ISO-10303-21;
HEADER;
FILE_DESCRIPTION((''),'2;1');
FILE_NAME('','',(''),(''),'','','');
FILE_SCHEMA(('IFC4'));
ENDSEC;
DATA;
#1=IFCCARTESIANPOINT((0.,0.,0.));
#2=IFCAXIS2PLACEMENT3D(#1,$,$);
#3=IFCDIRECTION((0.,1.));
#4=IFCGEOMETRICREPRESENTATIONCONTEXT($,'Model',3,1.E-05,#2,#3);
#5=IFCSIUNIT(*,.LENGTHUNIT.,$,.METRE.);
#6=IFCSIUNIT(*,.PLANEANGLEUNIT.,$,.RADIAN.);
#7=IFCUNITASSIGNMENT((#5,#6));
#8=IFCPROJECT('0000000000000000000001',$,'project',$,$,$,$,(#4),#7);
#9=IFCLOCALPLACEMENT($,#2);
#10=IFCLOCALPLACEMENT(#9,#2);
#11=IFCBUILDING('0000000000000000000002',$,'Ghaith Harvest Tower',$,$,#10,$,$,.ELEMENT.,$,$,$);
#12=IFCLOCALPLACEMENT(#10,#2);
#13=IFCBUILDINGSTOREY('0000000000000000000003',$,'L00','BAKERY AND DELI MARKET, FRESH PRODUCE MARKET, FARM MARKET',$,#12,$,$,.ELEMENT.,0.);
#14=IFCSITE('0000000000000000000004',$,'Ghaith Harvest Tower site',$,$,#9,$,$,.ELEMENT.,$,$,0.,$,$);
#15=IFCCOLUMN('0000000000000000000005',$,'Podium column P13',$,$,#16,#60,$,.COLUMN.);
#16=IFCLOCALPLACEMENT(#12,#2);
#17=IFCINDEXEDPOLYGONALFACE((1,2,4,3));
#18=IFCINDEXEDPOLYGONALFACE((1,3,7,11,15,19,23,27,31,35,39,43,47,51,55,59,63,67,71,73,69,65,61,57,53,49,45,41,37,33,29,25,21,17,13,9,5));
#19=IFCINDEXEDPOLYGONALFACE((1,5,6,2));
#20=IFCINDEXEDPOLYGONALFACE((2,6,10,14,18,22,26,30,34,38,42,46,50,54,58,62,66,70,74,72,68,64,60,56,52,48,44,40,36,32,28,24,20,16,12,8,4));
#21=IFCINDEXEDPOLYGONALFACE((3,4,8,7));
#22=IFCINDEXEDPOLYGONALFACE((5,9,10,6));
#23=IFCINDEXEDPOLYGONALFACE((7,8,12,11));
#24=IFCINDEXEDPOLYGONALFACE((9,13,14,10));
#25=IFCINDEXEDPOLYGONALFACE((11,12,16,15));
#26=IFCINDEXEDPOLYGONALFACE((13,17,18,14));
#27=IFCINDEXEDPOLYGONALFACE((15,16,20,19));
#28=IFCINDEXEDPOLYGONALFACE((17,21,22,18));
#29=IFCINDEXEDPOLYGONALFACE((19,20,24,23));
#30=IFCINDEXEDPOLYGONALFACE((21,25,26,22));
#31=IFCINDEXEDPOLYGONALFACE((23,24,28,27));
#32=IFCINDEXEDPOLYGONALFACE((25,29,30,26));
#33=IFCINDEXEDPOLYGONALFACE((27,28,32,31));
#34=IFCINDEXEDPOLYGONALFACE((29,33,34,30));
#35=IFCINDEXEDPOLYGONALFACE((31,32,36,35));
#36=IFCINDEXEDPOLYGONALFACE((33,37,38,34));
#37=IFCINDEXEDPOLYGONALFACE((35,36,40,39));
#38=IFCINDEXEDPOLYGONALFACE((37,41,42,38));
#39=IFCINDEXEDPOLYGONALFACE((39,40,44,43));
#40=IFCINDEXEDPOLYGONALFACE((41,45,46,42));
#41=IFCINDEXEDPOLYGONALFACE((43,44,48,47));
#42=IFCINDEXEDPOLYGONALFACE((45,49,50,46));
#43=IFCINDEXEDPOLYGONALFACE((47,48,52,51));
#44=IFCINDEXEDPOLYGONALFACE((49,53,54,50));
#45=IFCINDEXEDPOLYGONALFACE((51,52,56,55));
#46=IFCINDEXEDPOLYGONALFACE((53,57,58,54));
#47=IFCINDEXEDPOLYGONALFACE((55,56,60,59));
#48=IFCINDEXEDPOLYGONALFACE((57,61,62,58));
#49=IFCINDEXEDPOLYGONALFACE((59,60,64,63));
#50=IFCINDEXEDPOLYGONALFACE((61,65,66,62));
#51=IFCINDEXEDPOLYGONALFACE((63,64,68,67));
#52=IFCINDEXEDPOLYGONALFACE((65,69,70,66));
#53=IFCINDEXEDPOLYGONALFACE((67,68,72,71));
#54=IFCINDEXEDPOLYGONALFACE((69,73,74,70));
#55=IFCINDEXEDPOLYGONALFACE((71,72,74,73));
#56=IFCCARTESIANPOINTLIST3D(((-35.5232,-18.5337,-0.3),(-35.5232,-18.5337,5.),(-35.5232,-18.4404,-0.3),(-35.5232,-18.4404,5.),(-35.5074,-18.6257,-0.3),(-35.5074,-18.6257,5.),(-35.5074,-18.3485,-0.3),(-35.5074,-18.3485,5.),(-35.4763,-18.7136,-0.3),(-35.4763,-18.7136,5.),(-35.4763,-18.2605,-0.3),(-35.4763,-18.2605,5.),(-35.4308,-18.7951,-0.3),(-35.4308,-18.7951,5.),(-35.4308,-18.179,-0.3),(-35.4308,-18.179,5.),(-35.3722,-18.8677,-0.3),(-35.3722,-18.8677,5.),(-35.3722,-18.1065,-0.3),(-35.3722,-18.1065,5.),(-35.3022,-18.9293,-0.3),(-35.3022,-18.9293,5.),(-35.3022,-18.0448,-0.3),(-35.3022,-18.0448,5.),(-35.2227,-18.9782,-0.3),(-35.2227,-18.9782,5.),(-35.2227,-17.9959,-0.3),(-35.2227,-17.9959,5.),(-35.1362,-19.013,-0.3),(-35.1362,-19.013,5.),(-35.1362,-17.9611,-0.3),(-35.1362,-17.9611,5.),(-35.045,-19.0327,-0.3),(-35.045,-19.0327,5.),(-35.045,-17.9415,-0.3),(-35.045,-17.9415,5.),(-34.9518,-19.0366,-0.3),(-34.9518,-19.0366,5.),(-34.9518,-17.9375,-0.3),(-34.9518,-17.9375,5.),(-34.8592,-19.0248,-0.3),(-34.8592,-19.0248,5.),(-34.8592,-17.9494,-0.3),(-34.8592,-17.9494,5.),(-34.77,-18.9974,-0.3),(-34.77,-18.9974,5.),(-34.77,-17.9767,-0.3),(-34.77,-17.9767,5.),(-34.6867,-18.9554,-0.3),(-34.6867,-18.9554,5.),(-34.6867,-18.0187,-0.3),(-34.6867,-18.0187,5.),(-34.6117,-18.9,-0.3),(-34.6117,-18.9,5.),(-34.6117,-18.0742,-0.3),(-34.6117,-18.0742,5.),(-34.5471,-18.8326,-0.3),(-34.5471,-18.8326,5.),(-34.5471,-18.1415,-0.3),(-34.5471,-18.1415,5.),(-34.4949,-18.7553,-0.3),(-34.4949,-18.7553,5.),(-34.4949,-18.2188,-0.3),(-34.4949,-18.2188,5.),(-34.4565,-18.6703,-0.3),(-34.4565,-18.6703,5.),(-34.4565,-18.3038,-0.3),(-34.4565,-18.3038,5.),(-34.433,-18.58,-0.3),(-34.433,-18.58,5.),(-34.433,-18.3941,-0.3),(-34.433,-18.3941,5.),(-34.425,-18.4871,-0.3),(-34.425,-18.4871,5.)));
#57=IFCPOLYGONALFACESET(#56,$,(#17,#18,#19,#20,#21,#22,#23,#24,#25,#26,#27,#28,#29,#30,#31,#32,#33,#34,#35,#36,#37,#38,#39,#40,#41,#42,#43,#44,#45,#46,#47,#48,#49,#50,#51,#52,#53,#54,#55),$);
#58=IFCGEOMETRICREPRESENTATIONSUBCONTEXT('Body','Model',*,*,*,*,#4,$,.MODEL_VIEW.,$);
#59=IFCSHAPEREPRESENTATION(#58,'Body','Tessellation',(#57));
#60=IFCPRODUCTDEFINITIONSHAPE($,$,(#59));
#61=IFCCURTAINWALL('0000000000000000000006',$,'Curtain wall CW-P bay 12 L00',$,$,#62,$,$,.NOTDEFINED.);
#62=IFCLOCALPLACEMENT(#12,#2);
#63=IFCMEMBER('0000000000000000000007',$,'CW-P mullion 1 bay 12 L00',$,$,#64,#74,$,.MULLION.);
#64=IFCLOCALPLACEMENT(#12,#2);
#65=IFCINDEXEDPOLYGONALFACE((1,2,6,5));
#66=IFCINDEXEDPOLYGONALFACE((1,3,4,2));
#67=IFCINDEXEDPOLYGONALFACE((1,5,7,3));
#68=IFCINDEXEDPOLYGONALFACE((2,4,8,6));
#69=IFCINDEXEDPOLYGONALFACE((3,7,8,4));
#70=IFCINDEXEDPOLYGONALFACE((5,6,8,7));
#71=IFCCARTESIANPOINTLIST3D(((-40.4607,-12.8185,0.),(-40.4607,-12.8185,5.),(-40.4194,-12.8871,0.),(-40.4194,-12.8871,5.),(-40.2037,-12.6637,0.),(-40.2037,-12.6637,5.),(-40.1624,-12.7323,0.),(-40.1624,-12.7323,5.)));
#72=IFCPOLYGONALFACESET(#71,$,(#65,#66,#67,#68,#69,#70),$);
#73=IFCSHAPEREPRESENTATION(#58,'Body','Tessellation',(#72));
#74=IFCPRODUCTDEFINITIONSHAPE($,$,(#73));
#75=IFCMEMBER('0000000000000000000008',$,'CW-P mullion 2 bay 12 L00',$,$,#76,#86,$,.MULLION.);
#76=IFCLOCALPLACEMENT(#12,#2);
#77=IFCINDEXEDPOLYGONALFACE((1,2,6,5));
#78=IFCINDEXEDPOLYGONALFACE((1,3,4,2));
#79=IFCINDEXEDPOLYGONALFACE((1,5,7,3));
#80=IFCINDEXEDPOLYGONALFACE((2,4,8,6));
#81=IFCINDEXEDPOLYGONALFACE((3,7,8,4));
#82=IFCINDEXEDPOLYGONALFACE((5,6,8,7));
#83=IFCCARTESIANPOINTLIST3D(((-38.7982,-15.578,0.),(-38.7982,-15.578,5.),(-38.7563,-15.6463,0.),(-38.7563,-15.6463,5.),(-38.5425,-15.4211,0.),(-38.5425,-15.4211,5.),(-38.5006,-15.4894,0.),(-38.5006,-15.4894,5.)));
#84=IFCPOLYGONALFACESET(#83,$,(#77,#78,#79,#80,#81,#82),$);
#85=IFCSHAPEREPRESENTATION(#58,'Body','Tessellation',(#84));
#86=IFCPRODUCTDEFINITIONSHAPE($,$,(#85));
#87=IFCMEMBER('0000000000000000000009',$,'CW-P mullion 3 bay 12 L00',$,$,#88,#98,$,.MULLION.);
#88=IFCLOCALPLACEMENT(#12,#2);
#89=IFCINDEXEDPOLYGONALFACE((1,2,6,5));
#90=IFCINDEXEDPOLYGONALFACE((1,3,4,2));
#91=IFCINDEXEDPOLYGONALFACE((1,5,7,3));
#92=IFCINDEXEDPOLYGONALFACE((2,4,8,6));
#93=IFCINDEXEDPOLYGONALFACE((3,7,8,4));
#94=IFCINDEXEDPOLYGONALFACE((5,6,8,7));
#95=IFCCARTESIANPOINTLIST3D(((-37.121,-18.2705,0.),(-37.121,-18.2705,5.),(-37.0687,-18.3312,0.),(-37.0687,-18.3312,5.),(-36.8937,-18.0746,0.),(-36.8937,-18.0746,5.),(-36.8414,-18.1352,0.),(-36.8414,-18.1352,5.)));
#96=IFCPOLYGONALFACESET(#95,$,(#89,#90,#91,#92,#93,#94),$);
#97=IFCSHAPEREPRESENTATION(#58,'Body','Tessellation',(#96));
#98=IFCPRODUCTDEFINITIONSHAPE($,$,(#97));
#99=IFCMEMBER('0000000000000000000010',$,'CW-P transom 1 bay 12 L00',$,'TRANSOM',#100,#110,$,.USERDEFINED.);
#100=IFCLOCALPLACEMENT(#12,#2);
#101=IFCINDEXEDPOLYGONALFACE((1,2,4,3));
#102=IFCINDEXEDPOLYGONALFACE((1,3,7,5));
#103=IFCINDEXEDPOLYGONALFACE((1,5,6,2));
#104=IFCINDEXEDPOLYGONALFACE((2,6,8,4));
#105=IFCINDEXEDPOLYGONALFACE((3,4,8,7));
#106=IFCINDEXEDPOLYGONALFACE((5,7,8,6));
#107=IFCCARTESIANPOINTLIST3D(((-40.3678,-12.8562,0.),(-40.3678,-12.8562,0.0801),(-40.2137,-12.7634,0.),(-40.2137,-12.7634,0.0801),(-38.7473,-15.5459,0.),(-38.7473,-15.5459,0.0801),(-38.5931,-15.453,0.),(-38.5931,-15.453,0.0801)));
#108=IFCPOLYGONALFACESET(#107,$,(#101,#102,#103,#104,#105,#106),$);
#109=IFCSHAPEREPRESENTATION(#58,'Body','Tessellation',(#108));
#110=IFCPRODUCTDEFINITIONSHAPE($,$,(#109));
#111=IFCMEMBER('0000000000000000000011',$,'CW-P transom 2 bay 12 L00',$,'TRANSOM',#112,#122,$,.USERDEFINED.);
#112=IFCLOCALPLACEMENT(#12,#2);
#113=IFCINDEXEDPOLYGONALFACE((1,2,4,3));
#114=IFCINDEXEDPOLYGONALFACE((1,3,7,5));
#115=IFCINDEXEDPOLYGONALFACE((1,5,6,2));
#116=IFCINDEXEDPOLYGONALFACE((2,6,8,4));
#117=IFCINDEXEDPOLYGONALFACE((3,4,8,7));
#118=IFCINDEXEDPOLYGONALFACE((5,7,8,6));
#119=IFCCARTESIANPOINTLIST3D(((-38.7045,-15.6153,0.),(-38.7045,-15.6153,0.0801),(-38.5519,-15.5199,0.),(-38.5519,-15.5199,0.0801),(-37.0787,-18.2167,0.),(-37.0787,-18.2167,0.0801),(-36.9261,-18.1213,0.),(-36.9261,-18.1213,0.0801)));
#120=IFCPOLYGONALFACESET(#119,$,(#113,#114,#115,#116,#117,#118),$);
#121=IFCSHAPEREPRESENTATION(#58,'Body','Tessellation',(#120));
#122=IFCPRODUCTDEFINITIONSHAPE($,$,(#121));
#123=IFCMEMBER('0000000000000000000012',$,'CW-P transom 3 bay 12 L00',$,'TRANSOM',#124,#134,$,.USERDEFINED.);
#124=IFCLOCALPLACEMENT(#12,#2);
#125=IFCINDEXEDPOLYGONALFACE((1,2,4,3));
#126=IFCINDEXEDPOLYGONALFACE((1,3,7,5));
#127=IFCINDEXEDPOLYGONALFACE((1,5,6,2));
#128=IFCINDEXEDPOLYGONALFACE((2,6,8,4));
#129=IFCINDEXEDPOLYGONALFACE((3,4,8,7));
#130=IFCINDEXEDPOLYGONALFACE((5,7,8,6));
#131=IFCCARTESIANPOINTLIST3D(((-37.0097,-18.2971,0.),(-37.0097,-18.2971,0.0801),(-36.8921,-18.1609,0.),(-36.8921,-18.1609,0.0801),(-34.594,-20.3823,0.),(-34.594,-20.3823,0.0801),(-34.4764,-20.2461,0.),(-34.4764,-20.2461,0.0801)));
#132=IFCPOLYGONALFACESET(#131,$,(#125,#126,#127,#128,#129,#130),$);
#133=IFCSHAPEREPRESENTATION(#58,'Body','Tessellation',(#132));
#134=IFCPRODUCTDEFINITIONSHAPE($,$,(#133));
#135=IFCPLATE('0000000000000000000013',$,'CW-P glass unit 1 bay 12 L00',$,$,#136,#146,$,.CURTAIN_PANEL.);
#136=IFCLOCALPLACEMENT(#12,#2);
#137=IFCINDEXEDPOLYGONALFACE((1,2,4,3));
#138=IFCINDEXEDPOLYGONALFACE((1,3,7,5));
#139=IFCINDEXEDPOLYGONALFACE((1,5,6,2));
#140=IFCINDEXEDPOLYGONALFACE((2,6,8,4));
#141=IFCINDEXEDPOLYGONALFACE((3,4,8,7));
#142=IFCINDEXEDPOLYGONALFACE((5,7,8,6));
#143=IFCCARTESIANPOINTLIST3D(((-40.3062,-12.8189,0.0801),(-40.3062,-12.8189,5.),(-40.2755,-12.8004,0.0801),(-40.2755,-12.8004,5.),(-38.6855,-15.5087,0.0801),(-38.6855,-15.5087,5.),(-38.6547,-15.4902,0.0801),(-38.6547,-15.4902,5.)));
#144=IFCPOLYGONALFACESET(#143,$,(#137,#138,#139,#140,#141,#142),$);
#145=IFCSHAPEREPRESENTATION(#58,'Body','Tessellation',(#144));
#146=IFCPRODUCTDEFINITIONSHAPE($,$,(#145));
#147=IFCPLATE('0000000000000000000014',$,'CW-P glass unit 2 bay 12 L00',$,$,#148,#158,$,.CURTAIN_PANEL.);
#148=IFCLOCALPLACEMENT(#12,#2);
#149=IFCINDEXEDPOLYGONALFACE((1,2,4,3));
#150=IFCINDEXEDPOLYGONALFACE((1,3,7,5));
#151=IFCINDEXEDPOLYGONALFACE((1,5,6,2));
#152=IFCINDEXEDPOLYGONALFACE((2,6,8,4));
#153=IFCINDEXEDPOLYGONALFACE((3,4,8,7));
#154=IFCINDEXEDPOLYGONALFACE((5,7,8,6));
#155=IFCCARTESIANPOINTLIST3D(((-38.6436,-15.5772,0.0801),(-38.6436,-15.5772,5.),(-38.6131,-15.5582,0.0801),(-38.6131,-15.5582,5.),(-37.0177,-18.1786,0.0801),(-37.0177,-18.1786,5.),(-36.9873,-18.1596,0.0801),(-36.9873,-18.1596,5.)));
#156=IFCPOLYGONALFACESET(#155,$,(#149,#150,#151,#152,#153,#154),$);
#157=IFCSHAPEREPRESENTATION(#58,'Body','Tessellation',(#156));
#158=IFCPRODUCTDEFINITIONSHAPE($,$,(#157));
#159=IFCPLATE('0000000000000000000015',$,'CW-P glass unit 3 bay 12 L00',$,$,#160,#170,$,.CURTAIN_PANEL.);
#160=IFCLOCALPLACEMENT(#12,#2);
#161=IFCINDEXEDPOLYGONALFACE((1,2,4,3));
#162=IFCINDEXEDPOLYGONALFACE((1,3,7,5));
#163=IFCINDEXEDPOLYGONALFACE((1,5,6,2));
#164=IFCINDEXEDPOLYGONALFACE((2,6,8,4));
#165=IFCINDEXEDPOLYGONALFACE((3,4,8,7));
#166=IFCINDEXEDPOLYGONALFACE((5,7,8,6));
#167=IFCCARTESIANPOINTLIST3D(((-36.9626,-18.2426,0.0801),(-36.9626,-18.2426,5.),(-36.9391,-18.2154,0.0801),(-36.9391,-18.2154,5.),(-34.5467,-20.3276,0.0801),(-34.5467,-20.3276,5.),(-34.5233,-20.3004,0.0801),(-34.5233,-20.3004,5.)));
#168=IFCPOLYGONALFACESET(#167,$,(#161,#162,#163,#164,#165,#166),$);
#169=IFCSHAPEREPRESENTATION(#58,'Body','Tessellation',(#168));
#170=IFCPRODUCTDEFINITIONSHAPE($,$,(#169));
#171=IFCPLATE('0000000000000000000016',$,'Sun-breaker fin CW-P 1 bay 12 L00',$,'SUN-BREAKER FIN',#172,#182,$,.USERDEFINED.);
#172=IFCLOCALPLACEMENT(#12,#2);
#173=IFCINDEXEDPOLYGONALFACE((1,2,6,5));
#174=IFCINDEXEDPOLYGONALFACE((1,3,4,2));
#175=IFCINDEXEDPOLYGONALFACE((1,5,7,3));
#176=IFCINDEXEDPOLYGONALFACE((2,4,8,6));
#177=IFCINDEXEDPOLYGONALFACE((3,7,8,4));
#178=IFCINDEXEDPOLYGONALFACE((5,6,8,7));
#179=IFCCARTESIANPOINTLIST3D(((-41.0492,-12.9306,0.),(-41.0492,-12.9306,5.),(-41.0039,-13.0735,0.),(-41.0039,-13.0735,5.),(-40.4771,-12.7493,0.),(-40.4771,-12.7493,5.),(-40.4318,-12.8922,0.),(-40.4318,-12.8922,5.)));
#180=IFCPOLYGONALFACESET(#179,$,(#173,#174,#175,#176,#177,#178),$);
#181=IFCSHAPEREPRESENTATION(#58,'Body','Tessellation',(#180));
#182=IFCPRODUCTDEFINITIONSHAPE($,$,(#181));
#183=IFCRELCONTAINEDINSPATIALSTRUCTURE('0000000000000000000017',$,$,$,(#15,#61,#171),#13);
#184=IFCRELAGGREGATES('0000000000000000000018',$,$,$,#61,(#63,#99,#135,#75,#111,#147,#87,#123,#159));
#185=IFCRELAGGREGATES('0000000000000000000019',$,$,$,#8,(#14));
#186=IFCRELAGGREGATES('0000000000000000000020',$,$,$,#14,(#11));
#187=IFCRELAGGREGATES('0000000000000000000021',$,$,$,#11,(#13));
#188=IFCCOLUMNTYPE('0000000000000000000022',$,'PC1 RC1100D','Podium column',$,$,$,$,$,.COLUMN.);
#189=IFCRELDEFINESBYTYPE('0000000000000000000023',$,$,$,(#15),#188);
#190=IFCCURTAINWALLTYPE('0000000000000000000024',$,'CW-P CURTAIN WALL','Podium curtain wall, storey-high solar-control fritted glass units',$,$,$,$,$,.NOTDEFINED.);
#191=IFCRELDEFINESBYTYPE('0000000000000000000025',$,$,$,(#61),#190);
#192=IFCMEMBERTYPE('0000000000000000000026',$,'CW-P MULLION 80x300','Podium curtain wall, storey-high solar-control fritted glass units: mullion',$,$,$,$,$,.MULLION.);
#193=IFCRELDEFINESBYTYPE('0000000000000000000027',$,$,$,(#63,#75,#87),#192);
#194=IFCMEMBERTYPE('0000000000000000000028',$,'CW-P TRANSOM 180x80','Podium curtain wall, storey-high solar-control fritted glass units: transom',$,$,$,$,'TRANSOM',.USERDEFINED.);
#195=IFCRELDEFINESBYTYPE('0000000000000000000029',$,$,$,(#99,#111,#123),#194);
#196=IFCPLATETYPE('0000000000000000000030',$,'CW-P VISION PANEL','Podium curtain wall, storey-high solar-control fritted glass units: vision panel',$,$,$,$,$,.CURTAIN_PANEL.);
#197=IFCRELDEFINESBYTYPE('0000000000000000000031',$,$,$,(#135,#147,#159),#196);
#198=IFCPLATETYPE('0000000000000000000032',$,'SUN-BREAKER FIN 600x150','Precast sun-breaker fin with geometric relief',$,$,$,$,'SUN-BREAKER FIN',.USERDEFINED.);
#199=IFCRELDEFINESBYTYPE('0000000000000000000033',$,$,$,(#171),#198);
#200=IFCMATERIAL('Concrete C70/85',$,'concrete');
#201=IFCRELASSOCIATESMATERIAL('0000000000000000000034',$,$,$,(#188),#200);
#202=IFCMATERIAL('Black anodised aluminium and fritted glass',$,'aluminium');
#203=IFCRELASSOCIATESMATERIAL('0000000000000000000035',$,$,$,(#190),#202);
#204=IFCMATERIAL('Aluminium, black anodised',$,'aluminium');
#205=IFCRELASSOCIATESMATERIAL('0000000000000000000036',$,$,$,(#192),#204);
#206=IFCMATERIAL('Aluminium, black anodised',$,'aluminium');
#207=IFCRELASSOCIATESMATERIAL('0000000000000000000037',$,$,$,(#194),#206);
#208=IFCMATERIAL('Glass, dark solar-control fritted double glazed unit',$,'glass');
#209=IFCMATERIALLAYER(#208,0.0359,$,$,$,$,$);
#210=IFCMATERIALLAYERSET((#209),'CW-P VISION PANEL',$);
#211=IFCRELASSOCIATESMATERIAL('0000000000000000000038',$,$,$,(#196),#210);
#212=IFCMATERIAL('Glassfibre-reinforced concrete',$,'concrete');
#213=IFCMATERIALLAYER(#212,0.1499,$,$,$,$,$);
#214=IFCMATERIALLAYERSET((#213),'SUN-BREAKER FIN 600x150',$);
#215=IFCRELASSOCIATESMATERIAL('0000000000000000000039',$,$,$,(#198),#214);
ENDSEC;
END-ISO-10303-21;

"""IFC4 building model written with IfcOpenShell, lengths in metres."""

from ifc_helpers import new_model, si_unit, direction, frame, origin, origin_2d, place, context, subcontext, project, spatial, rectangle, circle, extrude, material, layer, layer_set, material_profile, profile_set, type_object, element, aggregate, save


model = new_model("IFC4")

# Units and contexts
model_context = context("Model", 3, precision=1e-05, world=origin(), true_north=direction((0.0, 1.0)))
body_context = subcontext(model_context, "Body", "Model", "MODEL_VIEW")
ifc_project = project(units=[si_unit("LENGTHUNIT", "METRE"), si_unit("PLANEANGLEUNIT", "RADIAN")], contexts=[model_context])

# Site, building, storey
site_placement = place(None, origin())
site = spatial("IfcSite", under=ifc_project, at=site_placement, Name="Ghaith Harvest Tower site", CompositionType="ELEMENT", RefElevation=0.0)
building_placement = place(site_placement, origin())
building = spatial("IfcBuilding", under=site, at=building_placement, Name="Ghaith Harvest Tower", CompositionType="ELEMENT")
storey_placement = place(building_placement, origin())
storey = spatial("IfcBuildingStorey", under=building, at=storey_placement, Name="L00", Description="BAKERY AND DELI MARKET, FRESH PRODUCE MARKET, FARM MARKET", CompositionType="ELEMENT", Elevation=0.0)

# Column
ifc_material_1 = material(Name="Concrete C70/85", Category="concrete")
ifc_material_profile_1 = material_profile(ifc_material_1, circle(Radius=0.55, at=origin_2d()), Name="RC1100D")
ifc_profile_set_1 = profile_set([ifc_material_profile_1], Name="Concrete C70/85")
column_type = type_object("IfcColumnType", Name="PC1 RC1100D", Description="Podium column", PredefinedType="COLUMN", material=ifc_profile_set_1)
column_placement = place(storey_placement, frame((-34.9751, -18.4871, -0.3), z_axis=(0.0, 0.0, 1.0), x_axis=(1.0, 0.0, 0.0)))
element("IfcColumn", 1, at=column_placement, inside=storey, type_object=column_type, Name="Podium column P13", PredefinedType="COLUMN", context=body_context, shape_type="SweptSolid", body=[
    extrude(circle(Radius=0.55, at=origin_2d()), origin(), (0.0, 0.0, 1.0), 5.3),
])

# Curtain wall, members, plates
ifc_material_2 = material(Name="Black anodised aluminium and fritted glass", Category="aluminium")
curtain_wall_type = type_object("IfcCurtainWallType", Name="CW-P CURTAIN WALL", Description="Podium curtain wall, storey-high solar-control fritted glass units", PredefinedType="NOTDEFINED", material=ifc_material_2)
curtain_wall_placement = place(storey_placement, origin())
curtain_wall = element("IfcCurtainWall", 2, at=curtain_wall_placement, inside=storey, type_object=curtain_wall_type, Name="Curtain wall CW-P bay 12 L00", PredefinedType="NOTDEFINED")
ifc_material_3 = material(Name="Aluminium, black anodised", Category="aluminium")
ifc_material_profile_2 = material_profile(ifc_material_3, rectangle(XDim=0.0801, YDim=0.3, at=origin_2d()), Name="CW-P MULLION 80x300")
ifc_profile_set_2 = profile_set([ifc_material_profile_2], Name="Aluminium, black anodised")
member_type_1 = type_object("IfcMemberType", Name="CW-P MULLION 80x300", Description="Podium curtain wall, storey-high solar-control fritted glass units: mullion", PredefinedType="MULLION", material=ifc_profile_set_2)
member_1_placement = place(storey_placement, frame((-40.3115, -12.7754, 0.0), z_axis=(0.0, 0.0, 1.0), x_axis=(0.516091, -0.856534, 0.0)))
member_1 = element("IfcMember", 3, at=member_1_placement, type_object=member_type_1, Name="CW-P mullion 1 bay 12 L00", PredefinedType="MULLION", context=body_context, shape_type="SweptSolid", body=[
    extrude(rectangle(XDim=0.0801, YDim=0.3, at=origin_2d()), origin(), (0.0, 0.0, 1.0), 5.0),
])
member_2_placement = place(storey_placement, frame((-38.6494, -15.5337, 0.0), z_axis=(0.0, 0.0, 1.0), x_axis=(0.522984, -0.852343, 0.0)))
member_2 = element("IfcMember", 4, at=member_2_placement, type_object=member_type_1, Name="CW-P mullion 2 bay 12 L00", PredefinedType="MULLION", context=body_context, shape_type="SweptSolid", body=[
    extrude(rectangle(XDim=0.0801, YDim=0.3, at=origin_2d()), origin(), (0.0, 0.0, 1.0), 5.0),
])
member_3_placement = place(storey_placement, frame((-36.9812, -18.2029, 0.0), z_axis=(0.0, 0.0, 1.0), x_axis=(0.653047, -0.757317, 0.0)))
member_3 = element("IfcMember", 5, at=member_3_placement, type_object=member_type_1, Name="CW-P mullion 3 bay 12 L00", PredefinedType="MULLION", context=body_context, shape_type="SweptSolid", body=[
    extrude(rectangle(XDim=0.0801, YDim=0.3, at=origin_2d()), origin(), (0.0, 0.0, 1.0), 5.0),
])
ifc_material_4 = material(Name="Aluminium, black anodised", Category="aluminium")
ifc_material_profile_3 = material_profile(ifc_material_4, rectangle(XDim=0.1799, YDim=0.0801, at=origin_2d()), Name="CW-P TRANSOM 180x80")
ifc_profile_set_3 = profile_set([ifc_material_profile_3], Name="Aluminium, black anodised")
member_type_2 = type_object("IfcMemberType", Name="CW-P TRANSOM 180x80", Description="Podium curtain wall, storey-high solar-control fritted glass units: transom", ElementType="TRANSOM", PredefinedType="USERDEFINED", material=ifc_profile_set_3)
member_4_placement = place(storey_placement, frame((-40.2908, -12.8098, 0.04), z_axis=(0.516084, -0.856538, 0.0), x_axis=(0.856538, 0.516084, 0.0)))
member_4 = element("IfcMember", 6, at=member_4_placement, type_object=member_type_2, Name="CW-P transom 1 bay 12 L00", ObjectType="TRANSOM", PredefinedType="USERDEFINED", context=body_context, shape_type="SweptSolid", body=[
    extrude(rectangle(XDim=0.1799, YDim=0.0801, at=origin_2d()), origin(), (0.0, 0.0, 1.0), 3.1401),
])
member_5_placement = place(storey_placement, frame((-38.6282, -15.5676, 0.04), z_axis=(0.529977, -0.848012, 0.0), x_axis=(0.848012, 0.529977, 0.0)))
member_5 = element("IfcMember", 7, at=member_5_placement, type_object=member_type_2, Name="CW-P transom 2 bay 12 L00", ObjectType="TRANSOM", PredefinedType="USERDEFINED", context=body_context, shape_type="SweptSolid", body=[
    extrude(rectangle(XDim=0.1799, YDim=0.0801, at=origin_2d()), origin(), (0.0, 0.0, 1.0), 3.0676),
])
member_6_placement = place(storey_placement, frame((-36.9509, -18.229, 0.04), z_axis=(0.757, -0.653415, 0.0), x_axis=(0.653415, 0.757, 0.0)))
member_6 = element("IfcMember", 8, at=member_6_placement, type_object=member_type_2, Name="CW-P transom 3 bay 12 L00", ObjectType="TRANSOM", PredefinedType="USERDEFINED", context=body_context, shape_type="SweptSolid", body=[
    extrude(rectangle(XDim=0.1799, YDim=0.0801, at=origin_2d()), origin(), (0.0, 0.0, 1.0), 3.1912),
])
ifc_material_5 = material(Name="Glass, dark solar-control fritted double glazed unit", Category="glass")
ifc_layer_1 = layer(ifc_material_5, 0.0359)
ifc_layer_set_1 = layer_set([ifc_layer_1], Name="CW-P VISION PANEL")
plate_type_1 = type_object("IfcPlateType", Name="CW-P VISION PANEL", Description="Podium curtain wall, storey-high solar-control fritted glass units: vision panel", PredefinedType="CURTAIN_PANEL", material=ifc_layer_set_1)
plate_1_placement = place(storey_placement, frame((-39.4805, -14.1545, 0.0801), z_axis=(0.0, 0.0, 1.0), x_axis=(0.516091, -0.856534, 0.0)))
plate_1 = element("IfcPlate", 9, at=plate_1_placement, type_object=plate_type_1, Name="CW-P glass unit 1 bay 12 L00", PredefinedType="CURTAIN_PANEL", context=body_context, shape_type="SweptSolid", body=[
    extrude(rectangle(XDim=3.1404, YDim=0.0359, at=origin_2d()), origin(), (0.0, 0.0, 1.0), 4.9199),
])
plate_2_placement = place(storey_placement, frame((-37.8154, -16.8684, 0.0801), z_axis=(0.0, 0.0, 1.0), x_axis=(0.530001, -0.847997, 0.0)))
plate_2 = element("IfcPlate", 10, at=plate_2_placement, type_object=plate_type_1, Name="CW-P glass unit 2 bay 12 L00", PredefinedType="CURTAIN_PANEL", context=body_context, shape_type="SweptSolid", body=[
    extrude(rectangle(XDim=3.0676, YDim=0.0359, at=origin_2d()), origin(), (0.0, 0.0, 1.0), 4.9199),
])
plate_3_placement = place(storey_placement, frame((-35.7429, -19.2715, 0.0801), z_axis=(0.0, 0.0, 1.0), x_axis=(0.757046, -0.653362, 0.0)))
plate_3 = element("IfcPlate", 11, at=plate_3_placement, type_object=plate_type_1, Name="CW-P glass unit 3 bay 12 L00", PredefinedType="CURTAIN_PANEL", context=body_context, shape_type="SweptSolid", body=[
    extrude(rectangle(XDim=3.1912, YDim=0.0359, at=origin_2d()), origin(), (0.0, 0.0, 1.0), 4.9199),
])
aggregate(curtain_wall, [member_1, member_4, plate_1, member_2, member_5, plate_2, member_3, member_6, plate_3])

# Plate
ifc_material_6 = material(Name="Glassfibre-reinforced concrete", Category="concrete")
ifc_layer_2 = layer(ifc_material_6, 0.1499)
ifc_layer_set_2 = layer_set([ifc_layer_2], Name="SUN-BREAKER FIN 600x150")
plate_type_2 = type_object("IfcPlateType", Name="SUN-BREAKER FIN 600x150", Description="Precast sun-breaker fin with geometric relief", ElementType="SUN-BREAKER FIN", PredefinedType="USERDEFINED", material=ifc_layer_set_2)
for number, where, z_axis, x_axis, name in (
    (12, (-40.7405, -12.9114, 0.0), (0.0, 0.0, 1.0), (-0.953273, -0.30211, 0.0), "Sun-breaker fin CW-P 1 bay 12 L00"),
):
    element("IfcPlate", number, at=place(storey_placement, frame(where, z_axis=z_axis, x_axis=x_axis)), inside=storey, type_object=plate_type_2, Name=name, ObjectType="SUN-BREAKER FIN", PredefinedType="USERDEFINED", context=body_context, shape_type="SweptSolid", body=[
        extrude(rectangle(XDim=0.6001, YDim=0.1499, at=origin_2d()), origin(), (0.0, 0.0, 1.0), 5.0),
    ])

save(model, "model.ifc")
